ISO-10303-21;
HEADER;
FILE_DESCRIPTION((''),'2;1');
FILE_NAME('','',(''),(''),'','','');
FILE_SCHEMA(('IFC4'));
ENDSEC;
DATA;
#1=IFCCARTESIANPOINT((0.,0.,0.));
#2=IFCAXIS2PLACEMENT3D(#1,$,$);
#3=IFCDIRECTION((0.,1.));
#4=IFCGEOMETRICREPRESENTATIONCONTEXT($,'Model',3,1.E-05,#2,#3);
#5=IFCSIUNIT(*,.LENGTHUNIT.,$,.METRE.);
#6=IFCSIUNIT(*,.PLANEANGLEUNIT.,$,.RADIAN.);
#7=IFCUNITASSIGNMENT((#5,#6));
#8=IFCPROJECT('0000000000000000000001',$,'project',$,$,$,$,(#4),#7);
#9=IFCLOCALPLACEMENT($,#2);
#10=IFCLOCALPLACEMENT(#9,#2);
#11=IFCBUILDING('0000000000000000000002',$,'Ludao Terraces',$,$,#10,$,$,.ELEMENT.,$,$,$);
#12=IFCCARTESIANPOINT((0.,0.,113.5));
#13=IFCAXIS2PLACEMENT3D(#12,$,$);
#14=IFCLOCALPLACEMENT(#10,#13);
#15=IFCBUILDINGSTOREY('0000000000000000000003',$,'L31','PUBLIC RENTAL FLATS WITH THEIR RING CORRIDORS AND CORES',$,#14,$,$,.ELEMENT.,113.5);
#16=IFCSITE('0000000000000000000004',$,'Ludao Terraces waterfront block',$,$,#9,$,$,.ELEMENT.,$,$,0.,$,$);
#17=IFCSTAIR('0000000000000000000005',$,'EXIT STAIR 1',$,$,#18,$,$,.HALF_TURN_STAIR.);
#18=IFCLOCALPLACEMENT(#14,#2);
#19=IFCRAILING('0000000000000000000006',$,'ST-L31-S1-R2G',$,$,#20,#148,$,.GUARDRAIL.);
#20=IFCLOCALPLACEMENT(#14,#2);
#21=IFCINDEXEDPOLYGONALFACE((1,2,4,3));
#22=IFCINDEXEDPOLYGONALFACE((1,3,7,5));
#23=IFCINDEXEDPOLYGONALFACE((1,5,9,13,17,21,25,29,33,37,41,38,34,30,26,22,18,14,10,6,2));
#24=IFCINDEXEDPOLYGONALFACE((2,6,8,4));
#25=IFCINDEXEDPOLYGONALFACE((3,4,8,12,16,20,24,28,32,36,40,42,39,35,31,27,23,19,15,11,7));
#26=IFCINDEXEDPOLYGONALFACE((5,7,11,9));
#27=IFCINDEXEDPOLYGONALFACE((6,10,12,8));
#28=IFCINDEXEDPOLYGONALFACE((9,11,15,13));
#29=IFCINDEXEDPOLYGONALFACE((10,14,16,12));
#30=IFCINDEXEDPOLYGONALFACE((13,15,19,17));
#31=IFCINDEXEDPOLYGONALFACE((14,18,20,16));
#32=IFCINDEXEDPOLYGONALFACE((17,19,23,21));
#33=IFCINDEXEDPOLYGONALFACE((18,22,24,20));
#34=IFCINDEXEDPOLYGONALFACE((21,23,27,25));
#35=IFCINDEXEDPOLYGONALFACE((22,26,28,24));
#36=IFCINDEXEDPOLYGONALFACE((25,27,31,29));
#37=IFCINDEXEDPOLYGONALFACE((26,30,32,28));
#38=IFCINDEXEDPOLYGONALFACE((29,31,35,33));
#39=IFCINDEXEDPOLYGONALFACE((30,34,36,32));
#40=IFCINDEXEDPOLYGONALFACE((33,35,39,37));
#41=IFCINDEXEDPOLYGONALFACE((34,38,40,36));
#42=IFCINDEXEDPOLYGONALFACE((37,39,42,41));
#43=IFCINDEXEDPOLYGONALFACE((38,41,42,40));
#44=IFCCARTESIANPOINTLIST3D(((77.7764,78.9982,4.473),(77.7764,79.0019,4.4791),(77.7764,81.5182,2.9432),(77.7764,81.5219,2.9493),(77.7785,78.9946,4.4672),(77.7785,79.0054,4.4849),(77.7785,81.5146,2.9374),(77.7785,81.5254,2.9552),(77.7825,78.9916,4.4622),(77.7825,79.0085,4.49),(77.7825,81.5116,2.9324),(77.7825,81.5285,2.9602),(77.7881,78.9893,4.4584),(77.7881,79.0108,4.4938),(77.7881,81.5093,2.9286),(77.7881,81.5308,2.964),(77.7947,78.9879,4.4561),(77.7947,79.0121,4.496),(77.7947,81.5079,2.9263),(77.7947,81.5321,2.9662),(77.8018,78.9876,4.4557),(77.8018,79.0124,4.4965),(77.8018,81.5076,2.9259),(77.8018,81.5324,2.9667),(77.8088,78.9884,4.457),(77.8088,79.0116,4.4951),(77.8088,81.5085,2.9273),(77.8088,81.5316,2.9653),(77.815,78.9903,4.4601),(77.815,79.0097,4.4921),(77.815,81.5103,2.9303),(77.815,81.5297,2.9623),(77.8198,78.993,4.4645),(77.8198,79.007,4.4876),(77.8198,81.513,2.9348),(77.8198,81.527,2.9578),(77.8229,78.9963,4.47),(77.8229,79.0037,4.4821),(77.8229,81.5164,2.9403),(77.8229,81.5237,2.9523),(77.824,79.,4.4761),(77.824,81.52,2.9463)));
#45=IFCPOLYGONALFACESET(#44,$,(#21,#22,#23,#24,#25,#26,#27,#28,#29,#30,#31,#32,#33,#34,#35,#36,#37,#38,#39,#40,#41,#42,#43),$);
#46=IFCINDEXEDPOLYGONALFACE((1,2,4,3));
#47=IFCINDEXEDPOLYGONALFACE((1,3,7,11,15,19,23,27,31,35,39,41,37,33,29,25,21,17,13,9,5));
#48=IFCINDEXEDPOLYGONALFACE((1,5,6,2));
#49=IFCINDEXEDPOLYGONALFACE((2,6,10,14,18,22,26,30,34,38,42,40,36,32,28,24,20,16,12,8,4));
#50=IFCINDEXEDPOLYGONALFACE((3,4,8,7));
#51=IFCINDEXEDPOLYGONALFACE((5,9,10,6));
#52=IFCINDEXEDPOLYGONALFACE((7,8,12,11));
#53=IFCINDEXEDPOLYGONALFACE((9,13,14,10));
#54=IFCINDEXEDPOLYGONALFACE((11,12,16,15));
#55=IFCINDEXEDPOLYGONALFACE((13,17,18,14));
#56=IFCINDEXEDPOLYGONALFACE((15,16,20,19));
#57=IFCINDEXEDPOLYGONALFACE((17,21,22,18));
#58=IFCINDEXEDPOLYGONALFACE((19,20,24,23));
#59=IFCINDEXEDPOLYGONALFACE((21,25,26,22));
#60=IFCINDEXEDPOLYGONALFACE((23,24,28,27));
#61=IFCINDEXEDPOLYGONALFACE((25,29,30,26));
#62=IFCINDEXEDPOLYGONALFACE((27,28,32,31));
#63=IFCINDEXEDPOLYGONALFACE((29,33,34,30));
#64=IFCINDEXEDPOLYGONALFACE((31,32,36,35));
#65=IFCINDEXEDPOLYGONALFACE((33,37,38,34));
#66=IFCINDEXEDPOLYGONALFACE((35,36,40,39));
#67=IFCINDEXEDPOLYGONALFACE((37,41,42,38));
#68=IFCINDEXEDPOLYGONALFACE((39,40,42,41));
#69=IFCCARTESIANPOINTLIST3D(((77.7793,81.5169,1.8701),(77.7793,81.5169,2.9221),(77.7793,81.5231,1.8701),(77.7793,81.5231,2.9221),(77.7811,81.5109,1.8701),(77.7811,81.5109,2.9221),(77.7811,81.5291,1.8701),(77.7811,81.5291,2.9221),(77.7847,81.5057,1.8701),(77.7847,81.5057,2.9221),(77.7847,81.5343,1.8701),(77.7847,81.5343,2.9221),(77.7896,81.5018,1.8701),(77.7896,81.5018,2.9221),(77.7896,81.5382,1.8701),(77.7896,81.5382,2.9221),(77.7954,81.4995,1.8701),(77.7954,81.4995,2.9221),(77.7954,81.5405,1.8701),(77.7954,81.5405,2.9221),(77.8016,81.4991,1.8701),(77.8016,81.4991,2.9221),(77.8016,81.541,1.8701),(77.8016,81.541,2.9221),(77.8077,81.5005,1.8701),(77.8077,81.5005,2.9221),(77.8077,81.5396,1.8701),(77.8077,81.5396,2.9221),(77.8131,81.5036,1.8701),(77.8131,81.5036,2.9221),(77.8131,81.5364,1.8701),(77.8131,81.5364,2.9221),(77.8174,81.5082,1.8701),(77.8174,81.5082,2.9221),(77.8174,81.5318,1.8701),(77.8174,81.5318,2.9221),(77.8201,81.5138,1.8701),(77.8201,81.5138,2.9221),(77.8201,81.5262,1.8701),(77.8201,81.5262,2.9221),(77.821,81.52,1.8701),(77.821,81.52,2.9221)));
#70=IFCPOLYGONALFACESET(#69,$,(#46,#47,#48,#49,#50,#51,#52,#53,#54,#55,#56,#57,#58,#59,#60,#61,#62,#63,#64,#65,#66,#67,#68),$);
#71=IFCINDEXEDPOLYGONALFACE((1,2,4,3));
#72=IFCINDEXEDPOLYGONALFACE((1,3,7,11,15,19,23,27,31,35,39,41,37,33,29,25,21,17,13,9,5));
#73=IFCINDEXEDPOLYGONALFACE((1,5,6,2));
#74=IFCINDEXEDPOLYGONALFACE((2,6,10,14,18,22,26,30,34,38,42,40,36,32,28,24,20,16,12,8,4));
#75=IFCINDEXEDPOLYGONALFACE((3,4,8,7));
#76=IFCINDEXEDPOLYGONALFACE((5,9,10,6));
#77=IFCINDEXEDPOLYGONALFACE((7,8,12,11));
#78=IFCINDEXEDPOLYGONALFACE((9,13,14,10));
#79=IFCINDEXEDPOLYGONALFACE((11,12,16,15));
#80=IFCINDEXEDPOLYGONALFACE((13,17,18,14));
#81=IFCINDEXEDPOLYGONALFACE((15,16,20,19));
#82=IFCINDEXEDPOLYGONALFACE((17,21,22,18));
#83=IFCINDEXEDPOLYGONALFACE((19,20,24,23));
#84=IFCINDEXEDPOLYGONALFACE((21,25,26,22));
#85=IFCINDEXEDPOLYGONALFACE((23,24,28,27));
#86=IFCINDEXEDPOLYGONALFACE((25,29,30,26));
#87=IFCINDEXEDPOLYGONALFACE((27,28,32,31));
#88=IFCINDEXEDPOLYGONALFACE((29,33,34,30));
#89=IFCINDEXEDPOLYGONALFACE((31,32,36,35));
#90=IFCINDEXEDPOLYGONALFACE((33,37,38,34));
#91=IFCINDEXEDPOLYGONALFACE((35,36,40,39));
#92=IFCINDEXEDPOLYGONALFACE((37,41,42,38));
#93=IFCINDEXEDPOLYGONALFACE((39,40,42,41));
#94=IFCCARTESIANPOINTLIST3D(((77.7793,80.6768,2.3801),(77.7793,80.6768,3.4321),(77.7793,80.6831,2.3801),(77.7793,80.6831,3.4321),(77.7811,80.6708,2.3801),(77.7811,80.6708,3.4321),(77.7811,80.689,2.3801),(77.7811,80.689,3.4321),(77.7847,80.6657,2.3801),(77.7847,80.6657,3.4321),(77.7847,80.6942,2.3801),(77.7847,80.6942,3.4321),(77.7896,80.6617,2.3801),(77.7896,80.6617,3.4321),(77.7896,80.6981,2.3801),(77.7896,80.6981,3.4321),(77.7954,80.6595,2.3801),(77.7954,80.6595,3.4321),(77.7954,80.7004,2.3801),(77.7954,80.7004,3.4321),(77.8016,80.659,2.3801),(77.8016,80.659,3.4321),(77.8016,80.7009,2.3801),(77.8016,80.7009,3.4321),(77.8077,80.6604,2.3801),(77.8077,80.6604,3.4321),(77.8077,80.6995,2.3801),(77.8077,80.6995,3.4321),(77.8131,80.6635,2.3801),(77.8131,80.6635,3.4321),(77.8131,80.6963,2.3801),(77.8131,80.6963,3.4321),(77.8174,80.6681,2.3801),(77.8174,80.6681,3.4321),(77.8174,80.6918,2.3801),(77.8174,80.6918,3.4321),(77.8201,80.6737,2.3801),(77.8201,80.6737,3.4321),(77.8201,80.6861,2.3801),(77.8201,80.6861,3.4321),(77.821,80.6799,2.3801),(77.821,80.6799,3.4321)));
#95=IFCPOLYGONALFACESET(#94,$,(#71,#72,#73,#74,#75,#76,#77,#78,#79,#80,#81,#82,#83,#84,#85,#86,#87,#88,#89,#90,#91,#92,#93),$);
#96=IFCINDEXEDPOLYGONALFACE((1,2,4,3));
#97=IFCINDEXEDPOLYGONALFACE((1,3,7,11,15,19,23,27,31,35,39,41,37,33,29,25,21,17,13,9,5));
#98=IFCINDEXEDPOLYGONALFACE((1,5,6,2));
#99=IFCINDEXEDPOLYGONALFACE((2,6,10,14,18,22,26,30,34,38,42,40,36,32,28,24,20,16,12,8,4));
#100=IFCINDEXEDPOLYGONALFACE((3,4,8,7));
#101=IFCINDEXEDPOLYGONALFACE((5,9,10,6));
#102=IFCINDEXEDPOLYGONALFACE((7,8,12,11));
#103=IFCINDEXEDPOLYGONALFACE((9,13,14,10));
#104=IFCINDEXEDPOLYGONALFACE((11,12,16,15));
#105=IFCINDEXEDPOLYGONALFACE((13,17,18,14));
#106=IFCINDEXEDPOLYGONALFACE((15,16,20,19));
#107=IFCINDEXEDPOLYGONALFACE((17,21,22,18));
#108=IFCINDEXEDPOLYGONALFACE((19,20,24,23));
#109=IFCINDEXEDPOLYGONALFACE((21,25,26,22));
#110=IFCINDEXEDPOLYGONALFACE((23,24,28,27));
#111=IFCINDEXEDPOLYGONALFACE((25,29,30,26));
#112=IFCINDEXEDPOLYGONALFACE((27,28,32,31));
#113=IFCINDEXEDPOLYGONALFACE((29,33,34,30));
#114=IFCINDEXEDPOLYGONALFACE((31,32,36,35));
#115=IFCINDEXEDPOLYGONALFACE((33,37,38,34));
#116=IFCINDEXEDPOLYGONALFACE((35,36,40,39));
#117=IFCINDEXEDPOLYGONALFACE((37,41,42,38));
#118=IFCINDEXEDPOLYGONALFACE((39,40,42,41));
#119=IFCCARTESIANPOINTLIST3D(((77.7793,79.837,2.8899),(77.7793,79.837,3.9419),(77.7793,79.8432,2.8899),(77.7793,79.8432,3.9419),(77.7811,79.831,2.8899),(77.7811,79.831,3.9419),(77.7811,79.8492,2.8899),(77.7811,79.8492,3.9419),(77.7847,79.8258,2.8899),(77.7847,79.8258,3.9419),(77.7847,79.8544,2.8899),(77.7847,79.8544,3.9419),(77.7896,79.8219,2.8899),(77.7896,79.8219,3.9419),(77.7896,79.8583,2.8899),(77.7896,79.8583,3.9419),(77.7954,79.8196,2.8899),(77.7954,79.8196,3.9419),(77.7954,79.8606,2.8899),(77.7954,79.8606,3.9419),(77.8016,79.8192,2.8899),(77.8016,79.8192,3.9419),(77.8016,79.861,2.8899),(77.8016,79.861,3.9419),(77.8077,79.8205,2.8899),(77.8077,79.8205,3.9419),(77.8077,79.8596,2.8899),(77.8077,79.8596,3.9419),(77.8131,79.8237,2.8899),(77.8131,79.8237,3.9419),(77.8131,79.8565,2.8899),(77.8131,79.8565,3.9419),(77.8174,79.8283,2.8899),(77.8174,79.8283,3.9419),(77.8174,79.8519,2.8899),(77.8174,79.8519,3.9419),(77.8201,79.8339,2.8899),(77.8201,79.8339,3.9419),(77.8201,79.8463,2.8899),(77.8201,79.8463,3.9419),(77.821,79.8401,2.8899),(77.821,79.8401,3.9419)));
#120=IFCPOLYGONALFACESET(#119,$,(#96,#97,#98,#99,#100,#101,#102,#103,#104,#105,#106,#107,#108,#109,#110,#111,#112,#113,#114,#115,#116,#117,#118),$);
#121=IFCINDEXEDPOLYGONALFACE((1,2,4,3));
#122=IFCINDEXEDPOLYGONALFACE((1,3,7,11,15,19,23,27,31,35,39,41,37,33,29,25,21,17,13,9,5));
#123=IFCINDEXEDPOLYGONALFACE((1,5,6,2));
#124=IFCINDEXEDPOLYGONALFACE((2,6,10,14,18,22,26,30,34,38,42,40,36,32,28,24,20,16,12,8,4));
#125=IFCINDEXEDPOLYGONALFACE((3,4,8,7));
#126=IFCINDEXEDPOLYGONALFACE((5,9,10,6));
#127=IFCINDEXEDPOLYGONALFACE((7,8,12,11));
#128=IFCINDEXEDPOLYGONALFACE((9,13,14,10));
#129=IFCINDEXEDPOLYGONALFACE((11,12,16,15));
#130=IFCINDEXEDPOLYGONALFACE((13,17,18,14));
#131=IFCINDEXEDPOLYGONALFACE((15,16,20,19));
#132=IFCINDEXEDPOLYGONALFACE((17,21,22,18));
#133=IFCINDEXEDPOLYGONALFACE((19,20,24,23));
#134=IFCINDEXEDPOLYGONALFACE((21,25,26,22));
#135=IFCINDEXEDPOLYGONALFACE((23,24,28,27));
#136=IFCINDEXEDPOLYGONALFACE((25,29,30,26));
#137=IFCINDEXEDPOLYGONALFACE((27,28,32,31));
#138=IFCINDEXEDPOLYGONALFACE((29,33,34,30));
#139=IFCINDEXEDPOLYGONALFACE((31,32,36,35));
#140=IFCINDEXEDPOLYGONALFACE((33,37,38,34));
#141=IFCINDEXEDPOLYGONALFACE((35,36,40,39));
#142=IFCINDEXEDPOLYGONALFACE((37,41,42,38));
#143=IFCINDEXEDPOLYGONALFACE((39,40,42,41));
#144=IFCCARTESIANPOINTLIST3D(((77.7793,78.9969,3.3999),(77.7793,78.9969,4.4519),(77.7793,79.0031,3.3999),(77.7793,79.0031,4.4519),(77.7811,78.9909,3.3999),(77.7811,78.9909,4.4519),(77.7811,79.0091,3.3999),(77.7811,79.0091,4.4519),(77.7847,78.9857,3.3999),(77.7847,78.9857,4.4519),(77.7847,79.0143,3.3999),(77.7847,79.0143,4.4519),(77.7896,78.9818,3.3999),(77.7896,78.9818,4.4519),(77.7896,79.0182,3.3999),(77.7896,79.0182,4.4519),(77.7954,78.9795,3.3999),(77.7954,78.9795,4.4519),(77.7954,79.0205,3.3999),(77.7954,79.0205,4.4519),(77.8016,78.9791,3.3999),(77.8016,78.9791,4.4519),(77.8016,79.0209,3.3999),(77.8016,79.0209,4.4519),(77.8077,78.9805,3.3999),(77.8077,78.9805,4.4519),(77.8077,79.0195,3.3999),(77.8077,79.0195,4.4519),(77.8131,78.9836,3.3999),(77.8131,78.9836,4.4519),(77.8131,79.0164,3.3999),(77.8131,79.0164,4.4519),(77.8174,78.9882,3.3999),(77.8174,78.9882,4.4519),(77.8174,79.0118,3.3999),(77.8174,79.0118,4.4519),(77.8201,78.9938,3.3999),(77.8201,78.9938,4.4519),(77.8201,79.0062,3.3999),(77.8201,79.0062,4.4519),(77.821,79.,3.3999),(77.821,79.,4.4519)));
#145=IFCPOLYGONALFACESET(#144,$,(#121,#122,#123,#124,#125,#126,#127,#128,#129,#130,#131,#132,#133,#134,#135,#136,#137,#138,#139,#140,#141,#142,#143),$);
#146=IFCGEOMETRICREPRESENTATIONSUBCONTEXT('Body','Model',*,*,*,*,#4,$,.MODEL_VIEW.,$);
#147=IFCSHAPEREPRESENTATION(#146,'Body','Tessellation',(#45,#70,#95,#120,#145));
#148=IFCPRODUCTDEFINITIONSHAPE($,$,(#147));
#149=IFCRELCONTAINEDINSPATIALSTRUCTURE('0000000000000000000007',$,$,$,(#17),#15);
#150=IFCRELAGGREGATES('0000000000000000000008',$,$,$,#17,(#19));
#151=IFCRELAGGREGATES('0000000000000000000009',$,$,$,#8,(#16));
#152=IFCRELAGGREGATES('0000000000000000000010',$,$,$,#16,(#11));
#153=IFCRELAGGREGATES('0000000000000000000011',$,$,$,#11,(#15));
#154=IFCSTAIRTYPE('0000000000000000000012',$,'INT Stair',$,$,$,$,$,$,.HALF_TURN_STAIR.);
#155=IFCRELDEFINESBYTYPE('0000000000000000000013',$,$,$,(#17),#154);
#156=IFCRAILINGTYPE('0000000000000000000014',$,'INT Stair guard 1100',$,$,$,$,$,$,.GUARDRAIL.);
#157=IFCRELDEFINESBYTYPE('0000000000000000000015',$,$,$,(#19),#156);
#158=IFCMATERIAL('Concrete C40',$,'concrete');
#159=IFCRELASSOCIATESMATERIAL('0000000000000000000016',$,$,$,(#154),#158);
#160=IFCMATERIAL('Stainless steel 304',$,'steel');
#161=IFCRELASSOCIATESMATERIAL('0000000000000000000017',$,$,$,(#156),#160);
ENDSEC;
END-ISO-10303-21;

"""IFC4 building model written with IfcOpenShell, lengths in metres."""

from ifc_helpers import new_model, si_unit, direction, frame, origin, origin_2d, place, context, subcontext, project, spatial, circle, extrude, material, type_object, element, aggregate, save


model = new_model("IFC4")

# Units and contexts
model_context = context("Model", 3, precision=1e-05, world=origin(), true_north=direction((0.0, 1.0)))
body_context = subcontext(model_context, "Body", "Model", "MODEL_VIEW")
ifc_project = project(units=[si_unit("LENGTHUNIT", "METRE"), si_unit("PLANEANGLEUNIT", "RADIAN")], contexts=[model_context])

# Site, building, storey
site_placement = place(None, origin())
site = spatial("IfcSite", under=ifc_project, at=site_placement, Name="Ludao Terraces waterfront block", CompositionType="ELEMENT", RefElevation=0.0)
building_placement = place(site_placement, origin())
building = spatial("IfcBuilding", under=site, at=building_placement, Name="Ludao Terraces", CompositionType="ELEMENT")
storey_placement = place(building_placement, frame((0.0, 0.0, 113.5)))
storey = spatial("IfcBuildingStorey", under=building, at=storey_placement, Name="L31", Description="PUBLIC RENTAL FLATS WITH THEIR RING CORRIDORS AND CORES", CompositionType="ELEMENT", Elevation=113.5)

# Shared definitions
ifc_material_1 = material(Name="Stainless steel 304", Category="steel")

# Stair, railing
ifc_material_2 = material(Name="Concrete C40", Category="concrete")
stair_type = type_object("IfcStairType", Name="INT Stair", PredefinedType="HALF_TURN_STAIR", material=ifc_material_2)
stair_placement = place(storey_placement, origin())
stair = element("IfcStair", 1, at=stair_placement, inside=storey, type_object=stair_type, Name="EXIT STAIR 1", PredefinedType="HALF_TURN_STAIR")
railing_type_1 = type_object("IfcRailingType", Name="INT Stair guard 1100", PredefinedType="GUARDRAIL", material=ifc_material_1)
railing_1_placement = place(storey_placement, frame((77.8, 81.52, 1.8701)))
railing_1 = element("IfcRailing", 2, at=railing_1_placement, type_object=railing_type_1, Name="ST-L31-S1-R2G", PredefinedType="GUARDRAIL", context=body_context, shape_type="SweptSolid", body=[
    extrude(circle(Radius=0.0239, at=origin_2d()), frame((0.0, 0.0, 1.0762), z_axis=(0.0, -0.854822, 0.518922), x_axis=(1.0, 0.0, 0.0)), (0.0, 0.0, 1.0), 2.948),
    extrude(circle(Radius=0.021, at=origin_2d()), origin(), (0.0, 0.0, 1.0), 1.052),
    extrude(circle(Radius=0.021, at=origin_2d()), frame((0.0, -0.8401, 0.51)), (0.0, 0.0, 1.0), 1.052),
    extrude(circle(Radius=0.021, at=origin_2d()), frame((0.0, -1.6799, 1.0198)), (0.0, 0.0, 1.0), 1.052),
    extrude(circle(Radius=0.021, at=origin_2d()), frame((0.0, -2.52, 1.5298)), (0.0, 0.0, 1.0), 1.052),
])
aggregate(stair, [railing_1])

save(model, "model.ifc")
